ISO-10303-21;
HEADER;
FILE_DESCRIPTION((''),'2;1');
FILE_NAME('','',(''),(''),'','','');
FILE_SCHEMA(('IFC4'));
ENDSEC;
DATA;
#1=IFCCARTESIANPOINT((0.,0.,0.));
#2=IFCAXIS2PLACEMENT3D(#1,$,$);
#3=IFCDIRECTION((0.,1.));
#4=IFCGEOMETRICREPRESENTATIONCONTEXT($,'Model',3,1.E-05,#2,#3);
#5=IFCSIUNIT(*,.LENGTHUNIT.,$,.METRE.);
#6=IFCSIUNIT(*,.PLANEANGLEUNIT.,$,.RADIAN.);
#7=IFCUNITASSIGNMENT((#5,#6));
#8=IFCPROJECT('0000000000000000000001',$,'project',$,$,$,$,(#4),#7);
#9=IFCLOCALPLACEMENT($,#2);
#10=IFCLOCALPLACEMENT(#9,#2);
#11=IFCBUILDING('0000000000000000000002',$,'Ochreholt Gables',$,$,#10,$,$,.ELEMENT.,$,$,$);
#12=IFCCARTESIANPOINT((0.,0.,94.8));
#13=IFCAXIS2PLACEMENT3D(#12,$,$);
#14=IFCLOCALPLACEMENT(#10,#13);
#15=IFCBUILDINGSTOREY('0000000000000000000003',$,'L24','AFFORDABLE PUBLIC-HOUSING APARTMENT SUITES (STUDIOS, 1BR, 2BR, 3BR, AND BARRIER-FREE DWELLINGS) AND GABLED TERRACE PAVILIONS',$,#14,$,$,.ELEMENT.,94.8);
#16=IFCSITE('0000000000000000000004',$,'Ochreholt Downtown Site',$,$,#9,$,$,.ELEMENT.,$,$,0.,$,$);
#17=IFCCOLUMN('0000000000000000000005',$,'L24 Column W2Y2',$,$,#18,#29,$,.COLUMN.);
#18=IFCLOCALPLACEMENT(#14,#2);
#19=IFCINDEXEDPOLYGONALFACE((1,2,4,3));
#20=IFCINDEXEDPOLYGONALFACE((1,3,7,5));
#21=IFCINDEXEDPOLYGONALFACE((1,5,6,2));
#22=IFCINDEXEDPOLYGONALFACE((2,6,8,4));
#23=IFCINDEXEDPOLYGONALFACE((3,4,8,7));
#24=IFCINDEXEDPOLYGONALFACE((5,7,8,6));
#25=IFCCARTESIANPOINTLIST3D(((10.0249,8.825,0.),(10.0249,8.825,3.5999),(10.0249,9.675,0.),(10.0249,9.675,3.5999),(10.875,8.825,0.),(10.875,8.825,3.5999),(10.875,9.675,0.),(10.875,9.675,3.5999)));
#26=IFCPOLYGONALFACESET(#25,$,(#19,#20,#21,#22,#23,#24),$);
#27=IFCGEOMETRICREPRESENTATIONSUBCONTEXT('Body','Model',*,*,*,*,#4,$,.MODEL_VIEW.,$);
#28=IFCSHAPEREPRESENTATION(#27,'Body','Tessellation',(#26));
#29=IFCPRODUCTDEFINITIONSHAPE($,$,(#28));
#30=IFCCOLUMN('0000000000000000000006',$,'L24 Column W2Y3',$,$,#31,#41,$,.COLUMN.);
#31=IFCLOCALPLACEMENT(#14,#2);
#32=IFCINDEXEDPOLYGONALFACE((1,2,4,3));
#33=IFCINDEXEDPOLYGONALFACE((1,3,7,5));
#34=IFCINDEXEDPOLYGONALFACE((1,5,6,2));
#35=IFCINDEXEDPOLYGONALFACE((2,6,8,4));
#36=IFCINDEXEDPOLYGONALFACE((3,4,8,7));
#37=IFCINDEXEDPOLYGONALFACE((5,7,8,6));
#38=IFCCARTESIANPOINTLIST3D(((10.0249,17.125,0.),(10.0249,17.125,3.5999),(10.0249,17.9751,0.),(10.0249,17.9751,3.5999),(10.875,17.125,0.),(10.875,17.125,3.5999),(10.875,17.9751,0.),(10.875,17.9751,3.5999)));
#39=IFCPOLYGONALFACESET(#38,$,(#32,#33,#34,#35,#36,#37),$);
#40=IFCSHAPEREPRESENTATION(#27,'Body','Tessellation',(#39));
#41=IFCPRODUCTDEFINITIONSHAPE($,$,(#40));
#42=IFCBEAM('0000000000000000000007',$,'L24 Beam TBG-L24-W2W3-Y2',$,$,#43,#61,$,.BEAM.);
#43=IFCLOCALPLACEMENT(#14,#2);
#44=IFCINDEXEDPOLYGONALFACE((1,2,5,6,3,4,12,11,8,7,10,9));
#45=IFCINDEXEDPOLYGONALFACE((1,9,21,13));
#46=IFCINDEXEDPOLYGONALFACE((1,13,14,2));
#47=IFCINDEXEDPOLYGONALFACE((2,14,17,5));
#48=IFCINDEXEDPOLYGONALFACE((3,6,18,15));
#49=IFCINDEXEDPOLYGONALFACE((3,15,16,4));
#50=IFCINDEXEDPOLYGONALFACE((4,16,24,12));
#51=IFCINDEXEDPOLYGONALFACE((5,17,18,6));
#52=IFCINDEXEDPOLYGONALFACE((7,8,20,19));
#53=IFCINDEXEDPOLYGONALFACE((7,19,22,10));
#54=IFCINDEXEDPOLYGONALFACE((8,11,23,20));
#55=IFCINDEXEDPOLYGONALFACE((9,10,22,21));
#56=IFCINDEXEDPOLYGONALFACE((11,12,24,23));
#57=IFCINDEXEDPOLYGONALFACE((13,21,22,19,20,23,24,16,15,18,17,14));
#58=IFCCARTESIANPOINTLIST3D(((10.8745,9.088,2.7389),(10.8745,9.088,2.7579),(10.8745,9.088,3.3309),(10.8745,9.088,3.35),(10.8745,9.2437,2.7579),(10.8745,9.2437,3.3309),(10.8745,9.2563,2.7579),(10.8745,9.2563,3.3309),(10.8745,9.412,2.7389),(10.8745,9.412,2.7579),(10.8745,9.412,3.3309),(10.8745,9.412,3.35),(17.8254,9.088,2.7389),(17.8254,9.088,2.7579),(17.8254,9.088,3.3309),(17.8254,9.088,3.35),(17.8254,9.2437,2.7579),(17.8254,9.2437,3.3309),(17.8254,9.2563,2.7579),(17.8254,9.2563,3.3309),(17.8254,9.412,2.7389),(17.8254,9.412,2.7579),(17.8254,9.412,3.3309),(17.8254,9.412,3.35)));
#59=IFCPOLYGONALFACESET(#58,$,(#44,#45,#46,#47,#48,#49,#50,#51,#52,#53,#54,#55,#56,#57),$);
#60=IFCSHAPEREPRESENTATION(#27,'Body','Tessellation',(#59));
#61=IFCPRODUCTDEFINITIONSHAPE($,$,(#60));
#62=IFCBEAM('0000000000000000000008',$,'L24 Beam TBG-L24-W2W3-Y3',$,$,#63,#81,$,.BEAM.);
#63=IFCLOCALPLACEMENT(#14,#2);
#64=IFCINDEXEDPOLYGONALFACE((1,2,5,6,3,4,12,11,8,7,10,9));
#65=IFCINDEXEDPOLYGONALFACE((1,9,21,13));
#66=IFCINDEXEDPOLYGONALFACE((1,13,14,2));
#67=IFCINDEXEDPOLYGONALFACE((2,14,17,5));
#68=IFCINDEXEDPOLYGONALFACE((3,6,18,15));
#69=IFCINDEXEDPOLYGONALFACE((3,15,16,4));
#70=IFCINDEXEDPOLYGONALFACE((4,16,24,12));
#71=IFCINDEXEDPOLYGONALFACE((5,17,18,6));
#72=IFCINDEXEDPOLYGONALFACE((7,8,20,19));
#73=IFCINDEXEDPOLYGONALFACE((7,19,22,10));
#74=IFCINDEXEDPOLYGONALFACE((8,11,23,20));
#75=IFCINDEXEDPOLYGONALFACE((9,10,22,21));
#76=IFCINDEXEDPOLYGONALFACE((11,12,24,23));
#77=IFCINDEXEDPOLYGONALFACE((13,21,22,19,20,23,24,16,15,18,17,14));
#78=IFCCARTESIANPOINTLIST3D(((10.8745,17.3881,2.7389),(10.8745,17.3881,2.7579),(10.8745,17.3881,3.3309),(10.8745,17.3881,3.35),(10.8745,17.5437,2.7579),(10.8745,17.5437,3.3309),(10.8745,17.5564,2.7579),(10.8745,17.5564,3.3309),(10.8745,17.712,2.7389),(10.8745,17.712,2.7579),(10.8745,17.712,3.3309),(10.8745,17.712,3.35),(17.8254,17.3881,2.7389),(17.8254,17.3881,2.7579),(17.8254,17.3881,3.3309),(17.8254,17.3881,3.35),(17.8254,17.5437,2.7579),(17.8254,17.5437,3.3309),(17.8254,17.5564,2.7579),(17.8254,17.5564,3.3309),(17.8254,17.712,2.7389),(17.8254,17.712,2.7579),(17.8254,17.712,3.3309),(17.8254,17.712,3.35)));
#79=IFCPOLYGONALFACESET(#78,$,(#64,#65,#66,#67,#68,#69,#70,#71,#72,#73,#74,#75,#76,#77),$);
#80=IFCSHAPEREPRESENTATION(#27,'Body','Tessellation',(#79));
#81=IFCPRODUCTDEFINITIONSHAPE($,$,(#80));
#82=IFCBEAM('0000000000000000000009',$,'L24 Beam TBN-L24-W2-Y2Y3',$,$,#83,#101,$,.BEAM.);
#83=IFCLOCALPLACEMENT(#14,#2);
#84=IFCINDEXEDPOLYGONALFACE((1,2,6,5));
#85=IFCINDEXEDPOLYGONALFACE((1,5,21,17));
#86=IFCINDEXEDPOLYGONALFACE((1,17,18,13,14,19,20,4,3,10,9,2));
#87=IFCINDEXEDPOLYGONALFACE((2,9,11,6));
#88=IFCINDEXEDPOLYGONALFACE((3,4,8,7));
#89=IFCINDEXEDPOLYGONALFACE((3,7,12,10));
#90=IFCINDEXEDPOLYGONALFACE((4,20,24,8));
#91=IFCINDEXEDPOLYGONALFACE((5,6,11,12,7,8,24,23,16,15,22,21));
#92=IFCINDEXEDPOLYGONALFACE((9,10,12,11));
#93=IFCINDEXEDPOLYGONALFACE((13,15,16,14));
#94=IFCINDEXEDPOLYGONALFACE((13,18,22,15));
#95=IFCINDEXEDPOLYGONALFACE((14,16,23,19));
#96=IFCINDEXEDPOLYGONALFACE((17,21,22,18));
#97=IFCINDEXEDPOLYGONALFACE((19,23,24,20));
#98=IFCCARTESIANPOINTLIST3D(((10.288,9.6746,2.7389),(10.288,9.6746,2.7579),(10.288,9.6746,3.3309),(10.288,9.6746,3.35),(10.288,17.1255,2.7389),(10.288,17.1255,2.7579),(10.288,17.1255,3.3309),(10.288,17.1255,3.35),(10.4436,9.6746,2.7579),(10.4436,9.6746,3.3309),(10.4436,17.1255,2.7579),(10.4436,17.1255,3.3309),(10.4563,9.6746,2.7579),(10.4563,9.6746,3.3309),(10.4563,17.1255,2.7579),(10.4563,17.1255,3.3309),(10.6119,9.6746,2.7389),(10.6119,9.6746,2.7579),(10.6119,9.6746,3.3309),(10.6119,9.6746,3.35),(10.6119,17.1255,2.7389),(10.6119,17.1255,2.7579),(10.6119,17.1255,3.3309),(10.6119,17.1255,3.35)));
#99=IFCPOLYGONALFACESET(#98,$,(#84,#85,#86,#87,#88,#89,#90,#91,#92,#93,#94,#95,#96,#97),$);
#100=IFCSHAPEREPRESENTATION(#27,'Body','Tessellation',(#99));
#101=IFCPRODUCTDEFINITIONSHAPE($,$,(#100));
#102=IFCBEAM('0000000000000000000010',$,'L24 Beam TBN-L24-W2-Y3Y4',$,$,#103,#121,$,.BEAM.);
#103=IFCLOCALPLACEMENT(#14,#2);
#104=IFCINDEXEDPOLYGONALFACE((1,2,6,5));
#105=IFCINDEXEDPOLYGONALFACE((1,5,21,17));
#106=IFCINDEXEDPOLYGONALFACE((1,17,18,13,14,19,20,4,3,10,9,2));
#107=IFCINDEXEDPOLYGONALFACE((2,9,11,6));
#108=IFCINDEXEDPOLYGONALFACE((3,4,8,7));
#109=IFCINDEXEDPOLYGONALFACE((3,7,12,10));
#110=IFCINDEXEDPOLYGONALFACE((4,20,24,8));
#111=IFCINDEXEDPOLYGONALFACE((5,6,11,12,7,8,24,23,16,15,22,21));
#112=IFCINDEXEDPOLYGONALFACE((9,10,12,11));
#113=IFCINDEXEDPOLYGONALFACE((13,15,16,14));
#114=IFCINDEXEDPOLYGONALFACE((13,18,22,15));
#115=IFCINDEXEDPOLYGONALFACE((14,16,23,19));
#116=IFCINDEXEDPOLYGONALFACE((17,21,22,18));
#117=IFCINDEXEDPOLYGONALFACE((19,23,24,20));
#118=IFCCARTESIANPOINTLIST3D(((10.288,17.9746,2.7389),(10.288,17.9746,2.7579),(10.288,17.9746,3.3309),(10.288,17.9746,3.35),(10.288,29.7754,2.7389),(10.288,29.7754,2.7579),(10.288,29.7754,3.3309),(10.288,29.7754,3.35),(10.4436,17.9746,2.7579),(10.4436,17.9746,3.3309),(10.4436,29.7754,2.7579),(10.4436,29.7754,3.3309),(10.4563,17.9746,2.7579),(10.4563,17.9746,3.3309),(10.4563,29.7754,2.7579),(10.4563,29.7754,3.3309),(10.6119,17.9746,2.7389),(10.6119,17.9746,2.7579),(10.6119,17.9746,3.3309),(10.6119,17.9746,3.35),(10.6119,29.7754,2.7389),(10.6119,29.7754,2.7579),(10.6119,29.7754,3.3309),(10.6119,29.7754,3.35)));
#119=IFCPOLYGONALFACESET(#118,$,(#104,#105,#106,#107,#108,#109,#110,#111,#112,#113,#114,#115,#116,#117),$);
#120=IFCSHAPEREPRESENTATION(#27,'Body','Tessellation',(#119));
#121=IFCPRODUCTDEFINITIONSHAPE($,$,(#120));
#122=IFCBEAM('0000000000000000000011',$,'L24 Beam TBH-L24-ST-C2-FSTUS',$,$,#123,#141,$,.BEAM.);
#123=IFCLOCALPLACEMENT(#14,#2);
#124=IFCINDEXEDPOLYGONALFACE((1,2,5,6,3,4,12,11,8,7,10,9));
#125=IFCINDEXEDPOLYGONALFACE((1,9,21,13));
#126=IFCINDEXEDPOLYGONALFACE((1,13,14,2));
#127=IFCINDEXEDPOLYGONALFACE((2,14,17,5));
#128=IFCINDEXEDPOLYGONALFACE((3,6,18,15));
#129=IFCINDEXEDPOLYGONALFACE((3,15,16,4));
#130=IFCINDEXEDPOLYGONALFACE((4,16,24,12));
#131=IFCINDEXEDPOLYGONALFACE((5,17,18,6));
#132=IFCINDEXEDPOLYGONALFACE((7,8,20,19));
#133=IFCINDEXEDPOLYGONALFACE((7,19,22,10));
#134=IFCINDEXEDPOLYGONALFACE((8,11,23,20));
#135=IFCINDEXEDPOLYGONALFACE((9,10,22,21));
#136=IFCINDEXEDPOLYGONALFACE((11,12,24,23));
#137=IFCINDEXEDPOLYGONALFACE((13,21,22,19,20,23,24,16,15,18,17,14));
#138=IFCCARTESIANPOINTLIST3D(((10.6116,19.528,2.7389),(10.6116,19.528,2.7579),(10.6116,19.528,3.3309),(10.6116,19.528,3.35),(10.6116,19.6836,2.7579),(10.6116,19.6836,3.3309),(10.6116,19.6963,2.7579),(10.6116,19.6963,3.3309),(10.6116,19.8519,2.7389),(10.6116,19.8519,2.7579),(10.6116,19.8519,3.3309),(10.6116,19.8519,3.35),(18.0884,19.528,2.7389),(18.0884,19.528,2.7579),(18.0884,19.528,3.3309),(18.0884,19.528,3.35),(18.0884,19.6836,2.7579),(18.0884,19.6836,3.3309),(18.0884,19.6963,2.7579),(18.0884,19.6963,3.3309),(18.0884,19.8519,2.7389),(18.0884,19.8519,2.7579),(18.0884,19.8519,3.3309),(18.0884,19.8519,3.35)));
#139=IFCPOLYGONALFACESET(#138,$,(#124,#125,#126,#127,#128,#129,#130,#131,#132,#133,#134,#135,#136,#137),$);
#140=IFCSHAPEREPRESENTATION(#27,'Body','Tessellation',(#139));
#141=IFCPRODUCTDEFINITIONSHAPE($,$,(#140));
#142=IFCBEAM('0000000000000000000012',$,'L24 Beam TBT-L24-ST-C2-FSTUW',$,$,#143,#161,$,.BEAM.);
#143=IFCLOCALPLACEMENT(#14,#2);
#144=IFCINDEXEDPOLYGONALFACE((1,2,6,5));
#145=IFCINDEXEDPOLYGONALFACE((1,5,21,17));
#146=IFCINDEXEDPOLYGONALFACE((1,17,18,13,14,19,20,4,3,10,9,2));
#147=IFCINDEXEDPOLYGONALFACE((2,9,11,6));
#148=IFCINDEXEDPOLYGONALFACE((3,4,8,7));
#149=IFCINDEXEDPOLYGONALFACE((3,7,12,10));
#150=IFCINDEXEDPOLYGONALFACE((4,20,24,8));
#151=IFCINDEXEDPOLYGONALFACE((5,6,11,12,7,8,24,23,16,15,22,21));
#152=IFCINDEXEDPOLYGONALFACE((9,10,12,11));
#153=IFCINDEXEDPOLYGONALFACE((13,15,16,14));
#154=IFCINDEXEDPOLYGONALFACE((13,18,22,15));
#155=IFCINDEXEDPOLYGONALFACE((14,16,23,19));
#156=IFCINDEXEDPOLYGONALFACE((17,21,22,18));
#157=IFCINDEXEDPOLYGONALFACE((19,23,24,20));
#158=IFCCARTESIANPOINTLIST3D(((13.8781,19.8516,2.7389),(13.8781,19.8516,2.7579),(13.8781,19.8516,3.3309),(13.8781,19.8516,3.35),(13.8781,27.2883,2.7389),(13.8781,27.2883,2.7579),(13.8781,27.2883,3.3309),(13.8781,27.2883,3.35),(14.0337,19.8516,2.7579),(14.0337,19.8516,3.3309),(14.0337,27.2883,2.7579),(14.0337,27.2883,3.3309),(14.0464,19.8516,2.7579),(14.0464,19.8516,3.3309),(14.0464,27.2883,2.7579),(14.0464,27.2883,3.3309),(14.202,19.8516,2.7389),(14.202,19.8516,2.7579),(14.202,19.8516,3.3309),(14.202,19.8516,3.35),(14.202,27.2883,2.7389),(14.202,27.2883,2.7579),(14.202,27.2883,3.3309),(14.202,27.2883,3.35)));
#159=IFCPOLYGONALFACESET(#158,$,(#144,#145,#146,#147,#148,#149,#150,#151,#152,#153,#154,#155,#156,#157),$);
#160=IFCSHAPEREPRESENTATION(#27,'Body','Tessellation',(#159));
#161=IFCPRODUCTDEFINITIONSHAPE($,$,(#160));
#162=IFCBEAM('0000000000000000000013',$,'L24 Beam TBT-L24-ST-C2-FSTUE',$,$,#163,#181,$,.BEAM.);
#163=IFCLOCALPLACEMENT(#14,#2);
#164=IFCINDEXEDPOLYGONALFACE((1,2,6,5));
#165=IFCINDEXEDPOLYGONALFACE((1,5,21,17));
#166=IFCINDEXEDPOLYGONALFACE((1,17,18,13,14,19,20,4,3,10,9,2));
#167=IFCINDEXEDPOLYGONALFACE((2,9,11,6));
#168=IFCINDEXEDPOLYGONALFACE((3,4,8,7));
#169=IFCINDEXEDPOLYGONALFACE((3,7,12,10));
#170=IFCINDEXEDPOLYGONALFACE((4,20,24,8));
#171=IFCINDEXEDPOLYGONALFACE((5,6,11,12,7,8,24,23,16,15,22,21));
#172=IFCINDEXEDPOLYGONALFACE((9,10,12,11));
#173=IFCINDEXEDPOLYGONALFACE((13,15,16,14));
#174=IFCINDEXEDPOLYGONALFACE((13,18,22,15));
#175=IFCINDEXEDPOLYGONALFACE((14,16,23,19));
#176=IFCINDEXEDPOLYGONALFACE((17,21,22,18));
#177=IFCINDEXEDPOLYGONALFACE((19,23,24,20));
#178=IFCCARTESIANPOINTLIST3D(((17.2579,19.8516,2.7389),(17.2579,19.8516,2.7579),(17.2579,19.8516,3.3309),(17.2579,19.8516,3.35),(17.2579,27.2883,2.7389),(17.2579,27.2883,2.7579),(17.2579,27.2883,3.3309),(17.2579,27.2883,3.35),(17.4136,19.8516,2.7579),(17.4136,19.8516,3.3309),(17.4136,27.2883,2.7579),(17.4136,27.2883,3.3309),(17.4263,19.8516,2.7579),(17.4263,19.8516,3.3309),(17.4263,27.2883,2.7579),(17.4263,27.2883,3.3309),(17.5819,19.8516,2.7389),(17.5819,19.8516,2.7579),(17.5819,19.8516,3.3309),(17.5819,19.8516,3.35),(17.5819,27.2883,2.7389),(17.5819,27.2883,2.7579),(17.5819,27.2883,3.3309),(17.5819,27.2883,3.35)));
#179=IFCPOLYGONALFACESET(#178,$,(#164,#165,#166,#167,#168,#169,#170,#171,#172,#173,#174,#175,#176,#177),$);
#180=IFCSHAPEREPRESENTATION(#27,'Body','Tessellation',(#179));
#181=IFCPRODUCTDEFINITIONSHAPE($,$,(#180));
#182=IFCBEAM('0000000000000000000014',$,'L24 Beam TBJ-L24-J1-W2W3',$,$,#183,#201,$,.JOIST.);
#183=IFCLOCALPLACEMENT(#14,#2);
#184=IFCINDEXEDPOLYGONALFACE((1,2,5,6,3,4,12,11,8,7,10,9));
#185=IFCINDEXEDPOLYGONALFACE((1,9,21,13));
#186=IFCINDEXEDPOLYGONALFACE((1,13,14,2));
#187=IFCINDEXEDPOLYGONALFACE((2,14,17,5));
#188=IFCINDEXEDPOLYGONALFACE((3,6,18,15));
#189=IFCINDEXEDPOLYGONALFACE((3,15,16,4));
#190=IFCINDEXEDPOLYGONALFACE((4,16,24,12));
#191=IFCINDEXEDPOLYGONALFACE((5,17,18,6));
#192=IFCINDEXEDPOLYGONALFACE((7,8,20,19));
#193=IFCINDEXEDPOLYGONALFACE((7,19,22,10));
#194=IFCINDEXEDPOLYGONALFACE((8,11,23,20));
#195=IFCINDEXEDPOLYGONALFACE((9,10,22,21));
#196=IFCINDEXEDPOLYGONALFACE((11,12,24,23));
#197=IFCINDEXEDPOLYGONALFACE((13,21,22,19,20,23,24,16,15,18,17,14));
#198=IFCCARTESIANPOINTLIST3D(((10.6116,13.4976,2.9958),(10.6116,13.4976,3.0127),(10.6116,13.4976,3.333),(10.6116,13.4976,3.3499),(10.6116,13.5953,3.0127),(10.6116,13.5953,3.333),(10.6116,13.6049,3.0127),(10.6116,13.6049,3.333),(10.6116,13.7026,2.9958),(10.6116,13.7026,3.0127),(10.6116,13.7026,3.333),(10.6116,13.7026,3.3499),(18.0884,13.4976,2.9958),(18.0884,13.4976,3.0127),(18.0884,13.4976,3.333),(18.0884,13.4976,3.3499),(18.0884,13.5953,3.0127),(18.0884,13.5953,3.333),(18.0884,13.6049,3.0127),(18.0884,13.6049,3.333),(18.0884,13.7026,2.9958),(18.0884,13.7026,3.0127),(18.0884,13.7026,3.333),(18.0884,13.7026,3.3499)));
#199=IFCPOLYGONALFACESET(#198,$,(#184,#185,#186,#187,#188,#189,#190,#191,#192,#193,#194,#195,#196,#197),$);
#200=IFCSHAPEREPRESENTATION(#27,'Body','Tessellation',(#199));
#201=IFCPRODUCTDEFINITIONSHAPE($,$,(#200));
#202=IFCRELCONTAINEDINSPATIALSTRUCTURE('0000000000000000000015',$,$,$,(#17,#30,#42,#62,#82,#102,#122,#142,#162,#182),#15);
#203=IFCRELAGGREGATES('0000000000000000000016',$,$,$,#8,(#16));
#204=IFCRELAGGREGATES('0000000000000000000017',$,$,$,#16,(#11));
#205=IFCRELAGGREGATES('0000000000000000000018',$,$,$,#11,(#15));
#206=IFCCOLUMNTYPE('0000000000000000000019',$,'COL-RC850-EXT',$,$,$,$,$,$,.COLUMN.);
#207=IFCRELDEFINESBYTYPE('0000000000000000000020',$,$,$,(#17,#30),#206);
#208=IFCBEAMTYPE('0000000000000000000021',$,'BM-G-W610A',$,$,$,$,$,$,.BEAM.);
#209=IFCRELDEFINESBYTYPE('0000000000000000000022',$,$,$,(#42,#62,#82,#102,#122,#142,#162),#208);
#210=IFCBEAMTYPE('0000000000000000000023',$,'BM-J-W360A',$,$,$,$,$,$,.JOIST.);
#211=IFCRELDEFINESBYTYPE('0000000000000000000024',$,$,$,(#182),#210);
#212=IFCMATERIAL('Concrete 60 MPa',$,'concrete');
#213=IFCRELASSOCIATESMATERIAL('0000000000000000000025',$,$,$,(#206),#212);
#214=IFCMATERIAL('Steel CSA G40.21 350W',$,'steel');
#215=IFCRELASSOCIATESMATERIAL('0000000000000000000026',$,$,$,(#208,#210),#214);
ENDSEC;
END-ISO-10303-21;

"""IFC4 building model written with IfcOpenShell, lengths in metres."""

from ifc_helpers import new_model, si_unit, direction, frame, origin, origin_2d, place, context, subcontext, project, spatial, rectangle, i_section, extrude, material, material_profile, profile_set, type_object, element, save


model = new_model("IFC4")

# Units and contexts
model_context = context("Model", 3, precision=1e-05, world=origin(), true_north=direction((0.0, 1.0)))
body_context = subcontext(model_context, "Body", "Model", "MODEL_VIEW")
ifc_project = project(units=[si_unit("LENGTHUNIT", "METRE"), si_unit("PLANEANGLEUNIT", "RADIAN")], contexts=[model_context])

# Site, building, storey
site_placement = place(None, origin())
site = spatial("IfcSite", under=ifc_project, at=site_placement, Name="Ochreholt Downtown Site", CompositionType="ELEMENT", RefElevation=0.0)
building_placement = place(site_placement, origin())
building = spatial("IfcBuilding", under=site, at=building_placement, Name="Ochreholt Gables", CompositionType="ELEMENT")
storey_placement = place(building_placement, frame((0.0, 0.0, 94.8)))
storey = spatial("IfcBuildingStorey", under=building, at=storey_placement, Name="L24", Description="AFFORDABLE PUBLIC-HOUSING APARTMENT SUITES (STUDIOS, 1BR, 2BR, 3BR, AND BARRIER-FREE DWELLINGS) AND GABLED TERRACE PAVILIONS", CompositionType="ELEMENT", Elevation=94.8)

# Columns
ifc_material_1 = material(Name="Concrete 60 MPa", Category="concrete")
ifc_material_profile_1 = material_profile(ifc_material_1, rectangle(XDim=0.8501, YDim=0.8501, at=origin_2d()), Name="RC850X850")
ifc_profile_set_1 = profile_set([ifc_material_profile_1], Name="Concrete 60 MPa")
column_type = type_object("IfcColumnType", Name="COL-RC850-EXT", PredefinedType="COLUMN", material=ifc_profile_set_1)
for number, where, z_axis, x_axis, name in (
    (1, (10.45, 9.25, 0.0), (0.0, 0.0, 1.0), (1.0, 0.0, 0.0), "L24 Column W2Y2"),
    (2, (10.45, 17.55, 0.0), (0.0, 0.0, 1.0), (1.0, 0.0, 0.0), "L24 Column W2Y3"),
):
    element("IfcColumn", number, at=place(storey_placement, frame(where, z_axis=z_axis, x_axis=x_axis)), inside=storey, type_object=column_type, Name=name, PredefinedType="COLUMN", context=body_context, shape_type="SweptSolid", body=[
        extrude(rectangle(XDim=0.8501, YDim=0.8501, at=origin_2d()), origin(), (0.0, 0.0, 1.0), 3.5999),
    ])

# Beams
ifc_material_2 = material(Name="Steel CSA G40.21 350W", Category="steel")
ifc_material_profile_2 = material_profile(ifc_material_2, i_section(OverallWidth=0.324, OverallDepth=0.6111, WebThickness=0.0127, FlangeThickness=0.019, at=origin_2d()), Name="W610X155")
ifc_profile_set_2 = profile_set([ifc_material_profile_2], Name="Steel CSA G40.21 350W")
beam_type_1 = type_object("IfcBeamType", Name="BM-G-W610A", PredefinedType="BEAM", material=ifc_profile_set_2)
for number, where, z_axis, x_axis, name in (
    (3, (10.8745, 9.25, 3.0444), (1.0, 0.0, 0.0), (0.0, 1.0, 0.0), "L24 Beam TBG-L24-W2W3-Y2"),
    (4, (10.8745, 17.55, 3.0444), (1.0, 0.0, 0.0), (0.0, 1.0, 0.0), "L24 Beam TBG-L24-W2W3-Y3"),
):
    element("IfcBeam", number, at=place(storey_placement, frame(where, z_axis=z_axis, x_axis=x_axis)), inside=storey, type_object=beam_type_1, Name=name, PredefinedType="BEAM", context=body_context, shape_type="SweptSolid", body=[
        extrude(i_section(OverallWidth=0.324, OverallDepth=0.6111, WebThickness=0.0127, FlangeThickness=0.019, at=origin_2d()), origin(), (0.0, 0.0, 1.0), 6.9509),
    ])
beam_1_placement = place(storey_placement, frame((10.45, 9.6746, 3.0444), z_axis=(0.0, 1.0, 0.0), x_axis=(-1.0, 0.0, 0.0)))
element("IfcBeam", 5, at=beam_1_placement, inside=storey, type_object=beam_type_1, Name="L24 Beam TBN-L24-W2-Y2Y3", PredefinedType="BEAM", context=body_context, shape_type="SweptSolid", body=[
    extrude(i_section(OverallWidth=0.324, OverallDepth=0.6111, WebThickness=0.0127, FlangeThickness=0.019, at=origin_2d()), origin(), (0.0, 0.0, 1.0), 7.4509),
])
beam_2_placement = place(storey_placement, frame((10.45, 17.9746, 3.0444), z_axis=(0.0, 1.0, 0.0), x_axis=(-1.0, 0.0, 0.0)))
element("IfcBeam", 6, at=beam_2_placement, inside=storey, type_object=beam_type_1, Name="L24 Beam TBN-L24-W2-Y3Y4", PredefinedType="BEAM", context=body_context, shape_type="SweptSolid", body=[
    extrude(i_section(OverallWidth=0.324, OverallDepth=0.6111, WebThickness=0.0127, FlangeThickness=0.019, at=origin_2d()), origin(), (0.0, 0.0, 1.0), 11.8008),
])
beam_3_placement = place(storey_placement, frame((10.6116, 19.6899, 3.0444), z_axis=(1.0, 0.0, 0.0), x_axis=(0.0, 1.0, 0.0)))
element("IfcBeam", 7, at=beam_3_placement, inside=storey, type_object=beam_type_1, Name="L24 Beam TBH-L24-ST-C2-FSTUS", PredefinedType="BEAM", context=body_context, shape_type="SweptSolid", body=[
    extrude(i_section(OverallWidth=0.324, OverallDepth=0.6111, WebThickness=0.0127, FlangeThickness=0.019, at=origin_2d()), origin(), (0.0, 0.0, 1.0), 7.4768),
])
for number, where, z_axis, x_axis, name in (
    (8, (14.04, 19.8516, 3.0444), (0.0, 1.0, 0.0), (-1.0, 0.0, 0.0), "L24 Beam TBT-L24-ST-C2-FSTUW"),
    (9, (17.4199, 19.8516, 3.0444), (0.0, 1.0, 0.0), (-1.0, 0.0, 0.0), "L24 Beam TBT-L24-ST-C2-FSTUE"),
):
    element("IfcBeam", number, at=place(storey_placement, frame(where, z_axis=z_axis, x_axis=x_axis)), inside=storey, type_object=beam_type_1, Name=name, PredefinedType="BEAM", context=body_context, shape_type="SweptSolid", body=[
        extrude(i_section(OverallWidth=0.324, OverallDepth=0.6111, WebThickness=0.0127, FlangeThickness=0.019, at=origin_2d()), origin(), (0.0, 0.0, 1.0), 7.4368),
    ])
ifc_material_profile_3 = material_profile(ifc_material_2, i_section(OverallWidth=0.2051, OverallDepth=0.354, WebThickness=0.0095, FlangeThickness=0.0168, at=origin_2d()), Name="W360X79")
ifc_profile_set_3 = profile_set([ifc_material_profile_3], Name="Steel CSA G40.21 350W")
beam_type_2 = type_object("IfcBeamType", Name="BM-J-W360A", PredefinedType="JOIST", material=ifc_profile_set_3)
beam_4_placement = place(storey_placement, frame((10.6116, 13.6001, 3.1729), z_axis=(1.0, 0.0, 0.0), x_axis=(0.0, 1.0, 0.0)))
element("IfcBeam", 10, at=beam_4_placement, inside=storey, type_object=beam_type_2, Name="L24 Beam TBJ-L24-J1-W2W3", PredefinedType="JOIST", context=body_context, shape_type="SweptSolid", body=[
    extrude(i_section(OverallWidth=0.2051, OverallDepth=0.354, WebThickness=0.0095, FlangeThickness=0.0168, at=origin_2d()), origin(), (0.0, 0.0, 1.0), 7.4768),
])

save(model, "model.ifc")
